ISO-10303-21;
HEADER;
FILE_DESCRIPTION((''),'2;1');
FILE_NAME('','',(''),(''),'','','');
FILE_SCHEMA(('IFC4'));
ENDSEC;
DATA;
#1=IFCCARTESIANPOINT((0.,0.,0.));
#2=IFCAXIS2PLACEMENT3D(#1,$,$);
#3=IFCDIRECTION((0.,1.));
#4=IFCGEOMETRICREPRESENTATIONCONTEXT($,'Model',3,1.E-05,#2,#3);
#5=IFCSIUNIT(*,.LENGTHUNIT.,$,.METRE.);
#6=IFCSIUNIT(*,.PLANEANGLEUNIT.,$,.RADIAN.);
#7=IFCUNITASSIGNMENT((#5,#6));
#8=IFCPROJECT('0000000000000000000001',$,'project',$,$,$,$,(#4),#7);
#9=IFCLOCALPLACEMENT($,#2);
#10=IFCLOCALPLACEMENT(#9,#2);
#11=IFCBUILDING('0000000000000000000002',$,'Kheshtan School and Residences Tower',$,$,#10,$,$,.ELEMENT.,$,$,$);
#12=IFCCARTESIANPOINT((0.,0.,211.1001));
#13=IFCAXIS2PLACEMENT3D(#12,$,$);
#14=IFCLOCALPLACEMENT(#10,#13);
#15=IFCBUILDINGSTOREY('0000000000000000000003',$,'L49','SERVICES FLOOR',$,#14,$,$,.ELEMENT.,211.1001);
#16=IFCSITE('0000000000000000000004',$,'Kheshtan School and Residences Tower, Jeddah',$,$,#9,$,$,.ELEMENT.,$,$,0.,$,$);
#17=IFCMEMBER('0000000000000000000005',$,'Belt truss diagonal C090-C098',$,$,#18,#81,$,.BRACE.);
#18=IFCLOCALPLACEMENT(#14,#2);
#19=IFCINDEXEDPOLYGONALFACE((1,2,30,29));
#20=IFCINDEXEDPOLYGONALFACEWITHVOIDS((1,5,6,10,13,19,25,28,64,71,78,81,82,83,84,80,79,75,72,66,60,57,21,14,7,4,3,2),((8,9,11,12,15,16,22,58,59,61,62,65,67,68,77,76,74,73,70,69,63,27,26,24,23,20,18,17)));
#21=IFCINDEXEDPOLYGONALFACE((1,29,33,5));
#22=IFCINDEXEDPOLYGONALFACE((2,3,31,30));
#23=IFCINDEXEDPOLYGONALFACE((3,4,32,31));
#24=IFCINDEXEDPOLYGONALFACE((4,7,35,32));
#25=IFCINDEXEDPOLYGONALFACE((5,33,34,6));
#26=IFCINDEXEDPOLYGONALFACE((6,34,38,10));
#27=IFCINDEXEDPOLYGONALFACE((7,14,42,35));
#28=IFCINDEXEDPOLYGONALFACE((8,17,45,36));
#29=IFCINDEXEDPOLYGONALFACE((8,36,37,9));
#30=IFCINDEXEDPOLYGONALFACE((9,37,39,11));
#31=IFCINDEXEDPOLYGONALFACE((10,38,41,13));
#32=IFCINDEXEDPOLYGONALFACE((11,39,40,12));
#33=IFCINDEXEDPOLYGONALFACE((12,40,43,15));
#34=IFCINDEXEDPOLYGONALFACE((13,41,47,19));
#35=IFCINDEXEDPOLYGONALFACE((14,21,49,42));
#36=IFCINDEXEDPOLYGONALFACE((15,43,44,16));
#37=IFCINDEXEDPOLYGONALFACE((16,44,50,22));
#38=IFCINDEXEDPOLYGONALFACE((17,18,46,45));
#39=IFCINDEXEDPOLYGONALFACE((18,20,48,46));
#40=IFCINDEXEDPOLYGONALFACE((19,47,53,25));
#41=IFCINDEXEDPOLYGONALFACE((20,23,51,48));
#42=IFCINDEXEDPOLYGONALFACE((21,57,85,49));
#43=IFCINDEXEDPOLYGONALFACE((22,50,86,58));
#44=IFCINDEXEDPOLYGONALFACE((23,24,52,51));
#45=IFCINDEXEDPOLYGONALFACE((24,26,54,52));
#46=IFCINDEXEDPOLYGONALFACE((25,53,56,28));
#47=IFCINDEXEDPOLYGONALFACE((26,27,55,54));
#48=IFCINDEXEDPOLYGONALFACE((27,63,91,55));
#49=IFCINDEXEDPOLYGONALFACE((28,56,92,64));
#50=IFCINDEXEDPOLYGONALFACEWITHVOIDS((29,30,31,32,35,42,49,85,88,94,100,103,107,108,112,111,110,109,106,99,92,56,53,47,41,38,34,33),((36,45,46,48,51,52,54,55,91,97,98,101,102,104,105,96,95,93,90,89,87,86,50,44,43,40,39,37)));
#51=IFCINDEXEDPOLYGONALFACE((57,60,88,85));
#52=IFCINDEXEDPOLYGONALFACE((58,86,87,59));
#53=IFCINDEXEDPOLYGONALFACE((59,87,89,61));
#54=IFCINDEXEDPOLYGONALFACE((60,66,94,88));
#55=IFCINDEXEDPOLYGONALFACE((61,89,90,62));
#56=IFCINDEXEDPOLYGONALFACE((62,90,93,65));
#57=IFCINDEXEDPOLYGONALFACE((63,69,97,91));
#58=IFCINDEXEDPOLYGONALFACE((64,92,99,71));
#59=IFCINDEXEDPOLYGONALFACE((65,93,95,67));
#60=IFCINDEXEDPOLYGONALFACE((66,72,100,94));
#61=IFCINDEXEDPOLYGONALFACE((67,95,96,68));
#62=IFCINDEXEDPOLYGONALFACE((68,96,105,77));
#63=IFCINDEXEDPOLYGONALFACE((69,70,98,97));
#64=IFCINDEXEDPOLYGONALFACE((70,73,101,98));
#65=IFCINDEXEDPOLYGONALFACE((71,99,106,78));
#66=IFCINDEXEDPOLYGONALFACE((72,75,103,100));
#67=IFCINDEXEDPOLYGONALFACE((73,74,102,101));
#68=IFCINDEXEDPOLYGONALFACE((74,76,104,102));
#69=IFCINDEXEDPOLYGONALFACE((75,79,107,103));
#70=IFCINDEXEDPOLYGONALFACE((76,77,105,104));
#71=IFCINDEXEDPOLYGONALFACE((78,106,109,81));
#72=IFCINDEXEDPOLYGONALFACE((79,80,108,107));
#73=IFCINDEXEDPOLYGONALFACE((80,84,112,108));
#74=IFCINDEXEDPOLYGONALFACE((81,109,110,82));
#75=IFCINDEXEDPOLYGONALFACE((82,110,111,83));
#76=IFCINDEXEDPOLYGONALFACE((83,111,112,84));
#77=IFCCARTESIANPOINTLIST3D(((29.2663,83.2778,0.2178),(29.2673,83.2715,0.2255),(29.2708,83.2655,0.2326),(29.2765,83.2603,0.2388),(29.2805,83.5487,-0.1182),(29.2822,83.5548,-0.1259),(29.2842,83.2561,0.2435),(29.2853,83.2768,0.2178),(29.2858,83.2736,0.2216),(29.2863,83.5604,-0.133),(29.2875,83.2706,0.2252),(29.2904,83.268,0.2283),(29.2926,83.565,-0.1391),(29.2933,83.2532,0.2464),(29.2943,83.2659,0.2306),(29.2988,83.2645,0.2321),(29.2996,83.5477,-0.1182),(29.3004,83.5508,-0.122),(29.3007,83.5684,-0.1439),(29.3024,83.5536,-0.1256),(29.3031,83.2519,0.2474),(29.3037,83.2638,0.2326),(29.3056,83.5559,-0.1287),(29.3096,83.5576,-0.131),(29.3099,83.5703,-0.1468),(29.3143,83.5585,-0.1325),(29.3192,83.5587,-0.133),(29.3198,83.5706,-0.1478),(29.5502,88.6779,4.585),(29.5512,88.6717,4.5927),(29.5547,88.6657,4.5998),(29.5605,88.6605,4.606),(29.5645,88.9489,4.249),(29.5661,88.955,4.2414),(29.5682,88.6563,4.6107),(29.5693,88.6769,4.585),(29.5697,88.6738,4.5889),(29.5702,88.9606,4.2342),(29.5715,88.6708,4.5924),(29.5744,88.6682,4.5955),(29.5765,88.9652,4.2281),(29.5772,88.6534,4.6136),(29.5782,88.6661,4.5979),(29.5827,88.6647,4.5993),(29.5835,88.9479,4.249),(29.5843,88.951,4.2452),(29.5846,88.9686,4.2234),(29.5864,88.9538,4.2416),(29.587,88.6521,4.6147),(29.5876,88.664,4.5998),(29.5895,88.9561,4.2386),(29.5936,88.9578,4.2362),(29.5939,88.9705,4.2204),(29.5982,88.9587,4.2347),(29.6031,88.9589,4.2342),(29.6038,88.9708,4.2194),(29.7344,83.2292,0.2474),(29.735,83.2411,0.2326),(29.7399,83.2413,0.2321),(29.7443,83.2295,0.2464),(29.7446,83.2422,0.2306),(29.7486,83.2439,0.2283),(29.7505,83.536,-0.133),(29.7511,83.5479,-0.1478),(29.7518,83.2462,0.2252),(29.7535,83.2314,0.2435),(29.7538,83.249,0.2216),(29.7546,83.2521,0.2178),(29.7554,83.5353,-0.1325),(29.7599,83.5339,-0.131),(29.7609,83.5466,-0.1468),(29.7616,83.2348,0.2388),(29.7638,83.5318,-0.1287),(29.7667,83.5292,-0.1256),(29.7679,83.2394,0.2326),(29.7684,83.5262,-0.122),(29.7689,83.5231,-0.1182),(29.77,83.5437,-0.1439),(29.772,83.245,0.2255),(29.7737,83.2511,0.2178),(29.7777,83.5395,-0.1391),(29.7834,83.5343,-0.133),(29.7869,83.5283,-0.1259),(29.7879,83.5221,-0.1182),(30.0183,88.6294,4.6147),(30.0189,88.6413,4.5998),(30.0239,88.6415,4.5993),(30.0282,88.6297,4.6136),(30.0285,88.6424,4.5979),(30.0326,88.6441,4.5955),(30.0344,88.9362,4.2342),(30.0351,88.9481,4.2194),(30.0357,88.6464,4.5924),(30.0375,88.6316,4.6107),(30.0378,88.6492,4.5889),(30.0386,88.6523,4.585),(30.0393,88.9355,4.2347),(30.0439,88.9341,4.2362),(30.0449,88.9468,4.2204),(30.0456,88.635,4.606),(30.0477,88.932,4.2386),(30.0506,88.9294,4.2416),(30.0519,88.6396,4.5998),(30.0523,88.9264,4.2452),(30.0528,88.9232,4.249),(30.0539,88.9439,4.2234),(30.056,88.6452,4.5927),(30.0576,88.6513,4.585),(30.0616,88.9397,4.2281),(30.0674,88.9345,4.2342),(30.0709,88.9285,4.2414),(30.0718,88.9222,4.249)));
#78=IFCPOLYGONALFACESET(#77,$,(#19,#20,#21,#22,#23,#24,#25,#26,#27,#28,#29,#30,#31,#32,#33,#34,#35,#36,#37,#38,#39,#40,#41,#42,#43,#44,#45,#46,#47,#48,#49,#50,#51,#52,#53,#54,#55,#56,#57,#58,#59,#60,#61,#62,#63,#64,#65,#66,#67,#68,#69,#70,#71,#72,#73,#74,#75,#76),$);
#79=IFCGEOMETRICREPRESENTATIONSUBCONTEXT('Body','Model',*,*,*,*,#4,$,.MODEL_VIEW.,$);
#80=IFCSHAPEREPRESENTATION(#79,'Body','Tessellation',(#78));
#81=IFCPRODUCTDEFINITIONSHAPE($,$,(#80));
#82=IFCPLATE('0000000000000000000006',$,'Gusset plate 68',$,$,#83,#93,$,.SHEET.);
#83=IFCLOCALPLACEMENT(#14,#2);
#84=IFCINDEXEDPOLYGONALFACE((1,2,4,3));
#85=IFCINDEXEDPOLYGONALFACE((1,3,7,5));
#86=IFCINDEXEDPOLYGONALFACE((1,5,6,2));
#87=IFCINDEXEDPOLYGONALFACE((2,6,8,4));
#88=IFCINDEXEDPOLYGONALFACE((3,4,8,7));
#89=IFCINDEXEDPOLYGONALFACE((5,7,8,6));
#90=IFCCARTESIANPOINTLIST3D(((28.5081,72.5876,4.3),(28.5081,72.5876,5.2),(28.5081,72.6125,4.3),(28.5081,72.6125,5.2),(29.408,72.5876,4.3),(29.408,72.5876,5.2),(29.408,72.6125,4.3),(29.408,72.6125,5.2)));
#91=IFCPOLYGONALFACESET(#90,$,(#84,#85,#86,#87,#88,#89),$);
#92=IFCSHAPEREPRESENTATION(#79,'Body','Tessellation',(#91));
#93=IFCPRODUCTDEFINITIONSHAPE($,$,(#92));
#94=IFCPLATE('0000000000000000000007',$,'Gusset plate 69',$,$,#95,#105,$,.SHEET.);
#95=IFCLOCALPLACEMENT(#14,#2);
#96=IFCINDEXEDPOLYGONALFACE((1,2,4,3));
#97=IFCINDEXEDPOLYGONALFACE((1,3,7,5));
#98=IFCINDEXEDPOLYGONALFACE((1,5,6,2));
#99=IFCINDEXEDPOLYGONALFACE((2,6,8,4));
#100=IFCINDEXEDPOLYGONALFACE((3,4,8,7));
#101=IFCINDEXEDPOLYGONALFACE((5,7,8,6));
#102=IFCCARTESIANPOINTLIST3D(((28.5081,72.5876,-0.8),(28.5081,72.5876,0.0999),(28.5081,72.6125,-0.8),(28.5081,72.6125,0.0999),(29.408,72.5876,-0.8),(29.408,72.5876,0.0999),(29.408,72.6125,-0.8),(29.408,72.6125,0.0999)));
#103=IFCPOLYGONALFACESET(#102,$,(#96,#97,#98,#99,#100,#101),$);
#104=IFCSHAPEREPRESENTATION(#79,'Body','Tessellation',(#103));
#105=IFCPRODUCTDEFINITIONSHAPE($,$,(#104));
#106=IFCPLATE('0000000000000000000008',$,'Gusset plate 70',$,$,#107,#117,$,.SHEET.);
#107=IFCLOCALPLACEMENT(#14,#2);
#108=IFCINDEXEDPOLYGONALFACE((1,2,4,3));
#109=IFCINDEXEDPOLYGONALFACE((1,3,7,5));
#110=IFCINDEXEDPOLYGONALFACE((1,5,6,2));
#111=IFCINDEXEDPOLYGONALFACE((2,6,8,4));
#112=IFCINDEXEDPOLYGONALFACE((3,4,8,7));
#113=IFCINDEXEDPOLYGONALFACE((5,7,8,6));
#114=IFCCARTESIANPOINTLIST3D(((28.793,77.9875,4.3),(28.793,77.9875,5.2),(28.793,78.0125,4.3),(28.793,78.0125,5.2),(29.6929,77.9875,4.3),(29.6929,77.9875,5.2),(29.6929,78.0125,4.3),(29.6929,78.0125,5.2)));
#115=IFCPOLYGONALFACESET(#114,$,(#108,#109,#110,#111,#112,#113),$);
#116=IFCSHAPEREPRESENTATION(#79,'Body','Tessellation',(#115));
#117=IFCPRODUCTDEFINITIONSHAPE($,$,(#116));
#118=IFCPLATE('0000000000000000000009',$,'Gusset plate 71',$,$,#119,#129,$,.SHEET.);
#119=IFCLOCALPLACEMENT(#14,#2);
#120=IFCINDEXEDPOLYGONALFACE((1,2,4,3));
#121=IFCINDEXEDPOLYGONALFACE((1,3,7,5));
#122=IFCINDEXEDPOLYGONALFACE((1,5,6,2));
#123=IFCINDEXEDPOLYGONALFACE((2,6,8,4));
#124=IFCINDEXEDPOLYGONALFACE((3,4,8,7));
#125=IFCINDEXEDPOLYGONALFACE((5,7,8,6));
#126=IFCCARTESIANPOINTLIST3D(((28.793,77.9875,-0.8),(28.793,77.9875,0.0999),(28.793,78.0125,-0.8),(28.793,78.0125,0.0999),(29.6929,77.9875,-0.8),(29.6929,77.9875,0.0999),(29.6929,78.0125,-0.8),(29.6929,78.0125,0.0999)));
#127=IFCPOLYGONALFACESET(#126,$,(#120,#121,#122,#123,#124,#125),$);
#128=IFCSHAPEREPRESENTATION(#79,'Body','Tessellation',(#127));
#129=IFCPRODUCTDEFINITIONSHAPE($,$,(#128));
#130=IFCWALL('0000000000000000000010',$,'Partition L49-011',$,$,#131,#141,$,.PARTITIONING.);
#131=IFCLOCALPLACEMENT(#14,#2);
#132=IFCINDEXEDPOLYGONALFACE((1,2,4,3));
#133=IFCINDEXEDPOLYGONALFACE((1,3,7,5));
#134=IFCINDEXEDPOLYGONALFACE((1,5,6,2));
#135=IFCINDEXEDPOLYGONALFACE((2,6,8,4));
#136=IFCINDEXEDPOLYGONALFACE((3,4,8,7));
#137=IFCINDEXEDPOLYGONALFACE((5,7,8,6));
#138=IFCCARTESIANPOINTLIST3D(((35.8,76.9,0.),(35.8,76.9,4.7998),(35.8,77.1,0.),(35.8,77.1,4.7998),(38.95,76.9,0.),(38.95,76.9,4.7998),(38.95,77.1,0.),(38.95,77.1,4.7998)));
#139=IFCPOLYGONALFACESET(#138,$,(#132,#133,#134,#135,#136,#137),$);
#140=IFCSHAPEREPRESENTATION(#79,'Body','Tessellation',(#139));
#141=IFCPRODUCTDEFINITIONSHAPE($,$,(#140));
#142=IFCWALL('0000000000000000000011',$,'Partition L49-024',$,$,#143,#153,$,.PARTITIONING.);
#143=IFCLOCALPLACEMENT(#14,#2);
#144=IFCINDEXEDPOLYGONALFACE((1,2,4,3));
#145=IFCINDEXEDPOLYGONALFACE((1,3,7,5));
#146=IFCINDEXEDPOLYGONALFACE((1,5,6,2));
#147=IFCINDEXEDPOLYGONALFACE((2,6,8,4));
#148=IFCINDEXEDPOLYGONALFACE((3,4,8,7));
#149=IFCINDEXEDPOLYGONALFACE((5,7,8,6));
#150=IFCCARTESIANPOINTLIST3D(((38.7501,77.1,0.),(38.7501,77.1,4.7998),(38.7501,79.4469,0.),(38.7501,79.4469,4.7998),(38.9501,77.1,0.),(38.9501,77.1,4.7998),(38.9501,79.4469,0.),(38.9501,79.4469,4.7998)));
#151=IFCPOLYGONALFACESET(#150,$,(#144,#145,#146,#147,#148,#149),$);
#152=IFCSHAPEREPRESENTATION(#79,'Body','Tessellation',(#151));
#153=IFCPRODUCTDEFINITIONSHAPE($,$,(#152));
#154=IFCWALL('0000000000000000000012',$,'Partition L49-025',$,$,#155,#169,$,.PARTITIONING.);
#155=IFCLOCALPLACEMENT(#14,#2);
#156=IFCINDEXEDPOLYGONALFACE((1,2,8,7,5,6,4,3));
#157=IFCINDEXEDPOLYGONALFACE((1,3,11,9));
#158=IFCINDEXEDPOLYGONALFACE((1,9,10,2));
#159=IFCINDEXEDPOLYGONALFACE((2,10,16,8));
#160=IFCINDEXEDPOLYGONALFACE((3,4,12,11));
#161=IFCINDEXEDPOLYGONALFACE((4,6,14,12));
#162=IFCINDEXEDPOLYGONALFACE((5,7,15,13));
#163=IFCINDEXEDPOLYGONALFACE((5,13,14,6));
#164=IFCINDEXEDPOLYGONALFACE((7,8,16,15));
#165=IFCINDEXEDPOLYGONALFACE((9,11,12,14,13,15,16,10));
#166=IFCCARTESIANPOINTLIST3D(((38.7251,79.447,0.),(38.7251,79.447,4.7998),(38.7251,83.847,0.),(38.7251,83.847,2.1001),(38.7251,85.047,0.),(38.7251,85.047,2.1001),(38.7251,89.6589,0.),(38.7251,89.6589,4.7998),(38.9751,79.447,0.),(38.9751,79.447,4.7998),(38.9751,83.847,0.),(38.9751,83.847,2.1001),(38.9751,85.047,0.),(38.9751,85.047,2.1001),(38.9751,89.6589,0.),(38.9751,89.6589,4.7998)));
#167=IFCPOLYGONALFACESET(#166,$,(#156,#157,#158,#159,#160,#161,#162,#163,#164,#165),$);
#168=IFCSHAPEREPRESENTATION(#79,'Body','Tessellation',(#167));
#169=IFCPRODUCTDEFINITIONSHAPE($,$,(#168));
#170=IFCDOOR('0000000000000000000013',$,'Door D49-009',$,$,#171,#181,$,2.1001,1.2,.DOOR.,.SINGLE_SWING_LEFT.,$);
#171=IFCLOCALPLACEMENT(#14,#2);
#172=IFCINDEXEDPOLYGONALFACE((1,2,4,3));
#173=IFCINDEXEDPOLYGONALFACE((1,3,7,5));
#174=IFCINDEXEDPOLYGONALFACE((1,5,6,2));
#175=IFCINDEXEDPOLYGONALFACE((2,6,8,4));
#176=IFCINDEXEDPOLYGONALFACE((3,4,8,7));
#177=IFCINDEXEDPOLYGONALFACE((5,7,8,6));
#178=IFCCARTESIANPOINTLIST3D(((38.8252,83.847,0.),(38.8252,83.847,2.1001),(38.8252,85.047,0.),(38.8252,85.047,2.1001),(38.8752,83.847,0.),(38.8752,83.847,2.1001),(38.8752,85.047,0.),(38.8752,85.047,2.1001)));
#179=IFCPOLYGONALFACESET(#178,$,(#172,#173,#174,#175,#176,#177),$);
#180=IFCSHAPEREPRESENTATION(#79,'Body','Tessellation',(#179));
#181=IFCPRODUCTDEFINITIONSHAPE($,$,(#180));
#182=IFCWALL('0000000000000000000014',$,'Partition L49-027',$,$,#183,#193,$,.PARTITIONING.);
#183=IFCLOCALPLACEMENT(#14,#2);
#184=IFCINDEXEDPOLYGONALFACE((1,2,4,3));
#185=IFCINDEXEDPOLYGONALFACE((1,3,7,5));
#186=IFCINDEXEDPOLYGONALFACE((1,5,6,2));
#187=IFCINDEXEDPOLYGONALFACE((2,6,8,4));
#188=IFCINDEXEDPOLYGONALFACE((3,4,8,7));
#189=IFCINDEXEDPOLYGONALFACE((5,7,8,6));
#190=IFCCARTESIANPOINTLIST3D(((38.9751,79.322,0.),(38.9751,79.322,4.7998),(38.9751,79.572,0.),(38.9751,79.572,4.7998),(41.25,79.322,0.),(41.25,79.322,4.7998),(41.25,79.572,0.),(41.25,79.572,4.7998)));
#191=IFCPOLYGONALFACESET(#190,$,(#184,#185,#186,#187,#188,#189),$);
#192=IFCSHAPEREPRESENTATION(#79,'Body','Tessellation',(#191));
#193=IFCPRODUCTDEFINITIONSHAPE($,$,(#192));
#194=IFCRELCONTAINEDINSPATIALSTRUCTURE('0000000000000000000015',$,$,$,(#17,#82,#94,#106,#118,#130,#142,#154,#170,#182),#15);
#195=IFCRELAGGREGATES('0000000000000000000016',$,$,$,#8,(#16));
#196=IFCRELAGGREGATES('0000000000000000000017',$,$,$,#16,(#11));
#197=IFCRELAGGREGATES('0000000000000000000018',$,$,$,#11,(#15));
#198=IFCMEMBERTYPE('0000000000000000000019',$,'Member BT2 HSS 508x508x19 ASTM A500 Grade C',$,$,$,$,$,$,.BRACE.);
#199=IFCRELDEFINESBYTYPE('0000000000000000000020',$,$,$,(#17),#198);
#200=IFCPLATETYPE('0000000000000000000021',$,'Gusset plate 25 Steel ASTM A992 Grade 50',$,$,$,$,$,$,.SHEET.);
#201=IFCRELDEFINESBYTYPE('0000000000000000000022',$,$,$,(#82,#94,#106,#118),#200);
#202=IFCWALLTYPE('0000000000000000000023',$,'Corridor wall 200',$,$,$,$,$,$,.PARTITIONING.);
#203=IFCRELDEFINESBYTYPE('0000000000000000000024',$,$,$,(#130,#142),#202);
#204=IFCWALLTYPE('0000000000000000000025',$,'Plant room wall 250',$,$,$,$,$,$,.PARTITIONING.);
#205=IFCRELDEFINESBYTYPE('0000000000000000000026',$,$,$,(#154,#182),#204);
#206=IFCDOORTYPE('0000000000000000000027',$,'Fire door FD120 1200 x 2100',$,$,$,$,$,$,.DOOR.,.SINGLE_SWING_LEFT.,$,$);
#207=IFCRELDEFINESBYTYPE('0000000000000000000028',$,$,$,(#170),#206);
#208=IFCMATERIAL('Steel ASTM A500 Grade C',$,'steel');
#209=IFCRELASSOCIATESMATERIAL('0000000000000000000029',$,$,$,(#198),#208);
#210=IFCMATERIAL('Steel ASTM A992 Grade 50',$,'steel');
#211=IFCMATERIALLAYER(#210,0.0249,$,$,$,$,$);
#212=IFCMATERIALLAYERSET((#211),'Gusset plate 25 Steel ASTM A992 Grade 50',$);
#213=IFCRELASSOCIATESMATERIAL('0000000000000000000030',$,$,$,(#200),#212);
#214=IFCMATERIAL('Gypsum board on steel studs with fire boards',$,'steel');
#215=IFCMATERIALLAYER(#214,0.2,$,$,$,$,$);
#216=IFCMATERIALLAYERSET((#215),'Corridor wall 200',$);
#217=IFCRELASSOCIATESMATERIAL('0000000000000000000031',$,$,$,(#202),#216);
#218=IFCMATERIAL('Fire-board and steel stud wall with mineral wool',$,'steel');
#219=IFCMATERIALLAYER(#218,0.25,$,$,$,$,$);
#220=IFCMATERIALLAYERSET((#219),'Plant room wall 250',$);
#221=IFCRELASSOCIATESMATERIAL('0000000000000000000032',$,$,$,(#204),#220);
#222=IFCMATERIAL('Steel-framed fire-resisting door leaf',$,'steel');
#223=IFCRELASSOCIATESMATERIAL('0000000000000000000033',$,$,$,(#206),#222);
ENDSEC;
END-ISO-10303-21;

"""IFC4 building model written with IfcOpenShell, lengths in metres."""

from ifc_helpers import new_model, si_unit, direction, frame, frame_2d, origin, origin_2d, place, context, subcontext, project, spatial, rectangle, hollow_rectangle, extrude, source, transform, mapped, material, layer, layer_set, material_profile, profile_set, type_object, element, fill, save


model = new_model("IFC4")

# Units and contexts
model_context = context("Model", 3, precision=1e-05, world=origin(), true_north=direction((0.0, 1.0)))
body_context = subcontext(model_context, "Body", "Model", "MODEL_VIEW")
ifc_project = project(units=[si_unit("LENGTHUNIT", "METRE"), si_unit("PLANEANGLEUNIT", "RADIAN")], contexts=[model_context])

# Site, building, storey
site_placement = place(None, origin())
site = spatial("IfcSite", under=ifc_project, at=site_placement, Name="Kheshtan School and Residences Tower, Jeddah", CompositionType="ELEMENT", RefElevation=0.0)
building_placement = place(site_placement, origin())
building = spatial("IfcBuilding", under=site, at=building_placement, Name="Kheshtan School and Residences Tower", CompositionType="ELEMENT")
storey_placement = place(building_placement, frame((0.0, 0.0, 211.1001)))
storey = spatial("IfcBuildingStorey", under=building, at=storey_placement, Name="L49", Description="SERVICES FLOOR", CompositionType="ELEMENT", Elevation=211.1001)

# Shared definitions
ifc_material_1 = material(Name="Steel ASTM A992 Grade 50", Category="steel")

# Member
ifc_material_2 = material(Name="Steel ASTM A500 Grade C", Category="steel")
ifc_material_profile_1 = material_profile(ifc_material_2, hollow_rectangle(XDim=0.5081, YDim=0.5081, WallThickness=0.019, InnerFilletRadius=0.019, OuterFilletRadius=0.0381, at=origin_2d()), Name="HSS 508x508x19")
ifc_profile_set_1 = profile_set([ifc_material_profile_1], Name="Steel ASTM A500 Grade C")
member_type = type_object("IfcMemberType", Name="Member BT2 HSS 508x508x19 ASTM A500 Grade C", PredefinedType="BRACE", material=ifc_profile_set_1)
member_placement = place(storey_placement, frame((29.5271, 83.3999, 0.0498), z_axis=(0.040849, 0.776903, 0.628294), x_axis=(-0.998621, 0.052507, 0.0)))
element("IfcMember", 1, at=member_placement, inside=storey, type_object=member_type, Name="Belt truss diagonal C090-C098", PredefinedType="BRACE", context=body_context, shape_type="SweptSolid", body=[
    extrude(hollow_rectangle(XDim=0.5081, YDim=0.5081, WallThickness=0.019, InnerFilletRadius=0.019, OuterFilletRadius=0.0381, at=origin_2d()), origin(), (0.0, 0.0, 1.0), 6.9509),
])

# Plates
ifc_layer_1 = layer(ifc_material_1, 0.0249)
ifc_layer_set_1 = layer_set([ifc_layer_1], Name="Gusset plate 25 Steel ASTM A992 Grade 50")
plate_type = type_object("IfcPlateType", Name="Gusset plate 25 Steel ASTM A992 Grade 50", PredefinedType="SHEET", material=ifc_layer_set_1)
for number, where, z_axis, x_axis, name in (
    (2, (28.958, 72.6001, 4.3), (0.0, 0.0, 1.0), (1.0, 0.0, 0.0), "Gusset plate 68"),
    (3, (28.958, 72.6001, -0.8), (0.0, 0.0, 1.0), (1.0, 0.0, 0.0), "Gusset plate 69"),
    (4, (29.2429, 78.0, 4.3), (0.0, 0.0, 1.0), (1.0, 0.0, 0.0), "Gusset plate 70"),
    (5, (29.2429, 78.0, -0.8), (0.0, 0.0, 1.0), (1.0, 0.0, 0.0), "Gusset plate 71"),
):
    element("IfcPlate", number, at=place(storey_placement, frame(where, z_axis=z_axis, x_axis=x_axis)), inside=storey, type_object=plate_type, Name=name, PredefinedType="SHEET", context=body_context, shape_type="SweptSolid", body=[
        extrude(rectangle(XDim=0.8999, YDim=0.0249, at=origin_2d()), origin(), (0.0, 0.0, 1.0), 0.8999),
    ])

# Walls
ifc_material_3 = material(Name="Gypsum board on steel studs with fire boards", Category="steel")
ifc_layer_2 = layer(ifc_material_3, 0.2)
ifc_layer_set_2 = layer_set([ifc_layer_2], Name="Corridor wall 200")
wall_type_1 = type_object("IfcWallType", Name="Corridor wall 200", PredefinedType="PARTITIONING", material=ifc_layer_set_2)
wall_1_placement = place(storey_placement, frame((35.8, 77.0, 0.0), z_axis=(0.0, 0.0, 1.0), x_axis=(1.0, 0.0, 0.0)))
element("IfcWall", 6, at=wall_1_placement, inside=storey, type_object=wall_type_1, Name="Partition L49-011", PredefinedType="PARTITIONING", context=body_context, shape_type="SweptSolid", body=[
    extrude(rectangle(XDim=3.1499, YDim=0.2, at=frame_2d((1.575, 0.0))), origin(), (0.0, 0.0, 1.0), 4.7998),
])
wall_2_placement = place(storey_placement, frame((38.8501, 77.1001, 0.0), z_axis=(0.0, 0.0, 1.0), x_axis=(0.0, 1.0, 0.0)))
element("IfcWall", 7, at=wall_2_placement, inside=storey, type_object=wall_type_1, Name="Partition L49-024", PredefinedType="PARTITIONING", context=body_context, shape_type="SweptSolid", body=[
    extrude(rectangle(XDim=2.3469, YDim=0.2, at=frame_2d((1.1733, 0.0))), origin(), (0.0, 0.0, 1.0), 4.7998),
])

# Wall, opening, door
ifc_material_4 = material(Name="Fire-board and steel stud wall with mineral wool", Category="steel")
ifc_layer_3 = layer(ifc_material_4, 0.25)
ifc_layer_set_3 = layer_set([ifc_layer_3], Name="Plant room wall 250")
wall_type_2 = type_object("IfcWallType", Name="Plant room wall 250", PredefinedType="PARTITIONING", material=ifc_layer_set_3)
wall_3_placement = place(storey_placement, frame((38.8501, 79.447, 0.0), z_axis=(0.0, 0.0, 1.0), x_axis=(0.0, 1.0, 0.0)))
wall_3 = element("IfcWall", 8, at=wall_3_placement, inside=storey, type_object=wall_type_2, Name="Partition L49-025", PredefinedType="PARTITIONING", context=body_context, shape_type="SweptSolid", body=[
    extrude(rectangle(XDim=10.2119, YDim=0.25, at=frame_2d((5.106, 0.0))), origin(), (0.0, 0.0, 1.0), 4.7998),
])
opening_1_placement = place(wall_3_placement, frame((4.3999, 0.0, 0.0)))
opening_1 = element("IfcOpeningElement", 9, at=opening_1_placement, cuts=wall_3, PredefinedType="OPENING", context=body_context, shape_type="SweptSolid", body=[
    extrude(rectangle(XDim=1.2, YDim=2.1001, at=frame_2d((0.6001, 1.05))), frame((0.0, 0.135, 0.0), z_axis=(0.0, -1.0, 0.0), x_axis=(1.0, 0.0, 0.0)), (0.0, 0.0, 1.0), 0.27),
])
ifc_material_5 = material(Name="Steel-framed fire-resisting door leaf", Category="steel")
door_type_1 = type_object("IfcDoorType", Name="Fire door FD120 1200 x 2100", OperationType="SINGLE_SWING_LEFT", PredefinedType="DOOR", material=ifc_material_5)
shared_shape_1 = source(origin(), body_context, "Body", "SweptSolid", [
    extrude(rectangle(XDim=1.2, YDim=2.1001, at=frame_2d((0.6001, 1.05))), frame((0.0, 0.0249, 0.0), z_axis=(0.0, -1.0, 0.0), x_axis=(1.0, 0.0, 0.0)), (0.0, 0.0, 1.0), 0.05),
])
door_1_placement = place(opening_1_placement, origin())
door_1 = element("IfcDoor", 10, at=door_1_placement, inside=storey, type_object=door_type_1, Name="Door D49-009", OperationType="SINGLE_SWING_LEFT", OverallHeight=2.1001, OverallWidth=1.2, PredefinedType="DOOR", context=body_context, shape_type="MappedRepresentation", body=[
    mapped(shared_shape_1, transform((0.0, 0.0, 0.0), x_axis=(1.0, 0.0, 0.0), y_axis=(0.0, 1.0, 0.0), z_axis=(0.0, 0.0, 1.0), scale=1.0)),
])
fill(opening_1, door_1)

# Wall
wall_4_placement = place(storey_placement, frame((38.9751, 79.447, 0.0), z_axis=(0.0, 0.0, 1.0), x_axis=(1.0, 0.0, 0.0)))
element("IfcWall", 11, at=wall_4_placement, inside=storey, type_object=wall_type_2, Name="Partition L49-027", PredefinedType="PARTITIONING", context=body_context, shape_type="SweptSolid", body=[
    extrude(rectangle(XDim=2.2749, YDim=0.25, at=frame_2d((1.1375, 0.0))), origin(), (0.0, 0.0, 1.0), 4.7998),
])

save(model, "model.ifc")
